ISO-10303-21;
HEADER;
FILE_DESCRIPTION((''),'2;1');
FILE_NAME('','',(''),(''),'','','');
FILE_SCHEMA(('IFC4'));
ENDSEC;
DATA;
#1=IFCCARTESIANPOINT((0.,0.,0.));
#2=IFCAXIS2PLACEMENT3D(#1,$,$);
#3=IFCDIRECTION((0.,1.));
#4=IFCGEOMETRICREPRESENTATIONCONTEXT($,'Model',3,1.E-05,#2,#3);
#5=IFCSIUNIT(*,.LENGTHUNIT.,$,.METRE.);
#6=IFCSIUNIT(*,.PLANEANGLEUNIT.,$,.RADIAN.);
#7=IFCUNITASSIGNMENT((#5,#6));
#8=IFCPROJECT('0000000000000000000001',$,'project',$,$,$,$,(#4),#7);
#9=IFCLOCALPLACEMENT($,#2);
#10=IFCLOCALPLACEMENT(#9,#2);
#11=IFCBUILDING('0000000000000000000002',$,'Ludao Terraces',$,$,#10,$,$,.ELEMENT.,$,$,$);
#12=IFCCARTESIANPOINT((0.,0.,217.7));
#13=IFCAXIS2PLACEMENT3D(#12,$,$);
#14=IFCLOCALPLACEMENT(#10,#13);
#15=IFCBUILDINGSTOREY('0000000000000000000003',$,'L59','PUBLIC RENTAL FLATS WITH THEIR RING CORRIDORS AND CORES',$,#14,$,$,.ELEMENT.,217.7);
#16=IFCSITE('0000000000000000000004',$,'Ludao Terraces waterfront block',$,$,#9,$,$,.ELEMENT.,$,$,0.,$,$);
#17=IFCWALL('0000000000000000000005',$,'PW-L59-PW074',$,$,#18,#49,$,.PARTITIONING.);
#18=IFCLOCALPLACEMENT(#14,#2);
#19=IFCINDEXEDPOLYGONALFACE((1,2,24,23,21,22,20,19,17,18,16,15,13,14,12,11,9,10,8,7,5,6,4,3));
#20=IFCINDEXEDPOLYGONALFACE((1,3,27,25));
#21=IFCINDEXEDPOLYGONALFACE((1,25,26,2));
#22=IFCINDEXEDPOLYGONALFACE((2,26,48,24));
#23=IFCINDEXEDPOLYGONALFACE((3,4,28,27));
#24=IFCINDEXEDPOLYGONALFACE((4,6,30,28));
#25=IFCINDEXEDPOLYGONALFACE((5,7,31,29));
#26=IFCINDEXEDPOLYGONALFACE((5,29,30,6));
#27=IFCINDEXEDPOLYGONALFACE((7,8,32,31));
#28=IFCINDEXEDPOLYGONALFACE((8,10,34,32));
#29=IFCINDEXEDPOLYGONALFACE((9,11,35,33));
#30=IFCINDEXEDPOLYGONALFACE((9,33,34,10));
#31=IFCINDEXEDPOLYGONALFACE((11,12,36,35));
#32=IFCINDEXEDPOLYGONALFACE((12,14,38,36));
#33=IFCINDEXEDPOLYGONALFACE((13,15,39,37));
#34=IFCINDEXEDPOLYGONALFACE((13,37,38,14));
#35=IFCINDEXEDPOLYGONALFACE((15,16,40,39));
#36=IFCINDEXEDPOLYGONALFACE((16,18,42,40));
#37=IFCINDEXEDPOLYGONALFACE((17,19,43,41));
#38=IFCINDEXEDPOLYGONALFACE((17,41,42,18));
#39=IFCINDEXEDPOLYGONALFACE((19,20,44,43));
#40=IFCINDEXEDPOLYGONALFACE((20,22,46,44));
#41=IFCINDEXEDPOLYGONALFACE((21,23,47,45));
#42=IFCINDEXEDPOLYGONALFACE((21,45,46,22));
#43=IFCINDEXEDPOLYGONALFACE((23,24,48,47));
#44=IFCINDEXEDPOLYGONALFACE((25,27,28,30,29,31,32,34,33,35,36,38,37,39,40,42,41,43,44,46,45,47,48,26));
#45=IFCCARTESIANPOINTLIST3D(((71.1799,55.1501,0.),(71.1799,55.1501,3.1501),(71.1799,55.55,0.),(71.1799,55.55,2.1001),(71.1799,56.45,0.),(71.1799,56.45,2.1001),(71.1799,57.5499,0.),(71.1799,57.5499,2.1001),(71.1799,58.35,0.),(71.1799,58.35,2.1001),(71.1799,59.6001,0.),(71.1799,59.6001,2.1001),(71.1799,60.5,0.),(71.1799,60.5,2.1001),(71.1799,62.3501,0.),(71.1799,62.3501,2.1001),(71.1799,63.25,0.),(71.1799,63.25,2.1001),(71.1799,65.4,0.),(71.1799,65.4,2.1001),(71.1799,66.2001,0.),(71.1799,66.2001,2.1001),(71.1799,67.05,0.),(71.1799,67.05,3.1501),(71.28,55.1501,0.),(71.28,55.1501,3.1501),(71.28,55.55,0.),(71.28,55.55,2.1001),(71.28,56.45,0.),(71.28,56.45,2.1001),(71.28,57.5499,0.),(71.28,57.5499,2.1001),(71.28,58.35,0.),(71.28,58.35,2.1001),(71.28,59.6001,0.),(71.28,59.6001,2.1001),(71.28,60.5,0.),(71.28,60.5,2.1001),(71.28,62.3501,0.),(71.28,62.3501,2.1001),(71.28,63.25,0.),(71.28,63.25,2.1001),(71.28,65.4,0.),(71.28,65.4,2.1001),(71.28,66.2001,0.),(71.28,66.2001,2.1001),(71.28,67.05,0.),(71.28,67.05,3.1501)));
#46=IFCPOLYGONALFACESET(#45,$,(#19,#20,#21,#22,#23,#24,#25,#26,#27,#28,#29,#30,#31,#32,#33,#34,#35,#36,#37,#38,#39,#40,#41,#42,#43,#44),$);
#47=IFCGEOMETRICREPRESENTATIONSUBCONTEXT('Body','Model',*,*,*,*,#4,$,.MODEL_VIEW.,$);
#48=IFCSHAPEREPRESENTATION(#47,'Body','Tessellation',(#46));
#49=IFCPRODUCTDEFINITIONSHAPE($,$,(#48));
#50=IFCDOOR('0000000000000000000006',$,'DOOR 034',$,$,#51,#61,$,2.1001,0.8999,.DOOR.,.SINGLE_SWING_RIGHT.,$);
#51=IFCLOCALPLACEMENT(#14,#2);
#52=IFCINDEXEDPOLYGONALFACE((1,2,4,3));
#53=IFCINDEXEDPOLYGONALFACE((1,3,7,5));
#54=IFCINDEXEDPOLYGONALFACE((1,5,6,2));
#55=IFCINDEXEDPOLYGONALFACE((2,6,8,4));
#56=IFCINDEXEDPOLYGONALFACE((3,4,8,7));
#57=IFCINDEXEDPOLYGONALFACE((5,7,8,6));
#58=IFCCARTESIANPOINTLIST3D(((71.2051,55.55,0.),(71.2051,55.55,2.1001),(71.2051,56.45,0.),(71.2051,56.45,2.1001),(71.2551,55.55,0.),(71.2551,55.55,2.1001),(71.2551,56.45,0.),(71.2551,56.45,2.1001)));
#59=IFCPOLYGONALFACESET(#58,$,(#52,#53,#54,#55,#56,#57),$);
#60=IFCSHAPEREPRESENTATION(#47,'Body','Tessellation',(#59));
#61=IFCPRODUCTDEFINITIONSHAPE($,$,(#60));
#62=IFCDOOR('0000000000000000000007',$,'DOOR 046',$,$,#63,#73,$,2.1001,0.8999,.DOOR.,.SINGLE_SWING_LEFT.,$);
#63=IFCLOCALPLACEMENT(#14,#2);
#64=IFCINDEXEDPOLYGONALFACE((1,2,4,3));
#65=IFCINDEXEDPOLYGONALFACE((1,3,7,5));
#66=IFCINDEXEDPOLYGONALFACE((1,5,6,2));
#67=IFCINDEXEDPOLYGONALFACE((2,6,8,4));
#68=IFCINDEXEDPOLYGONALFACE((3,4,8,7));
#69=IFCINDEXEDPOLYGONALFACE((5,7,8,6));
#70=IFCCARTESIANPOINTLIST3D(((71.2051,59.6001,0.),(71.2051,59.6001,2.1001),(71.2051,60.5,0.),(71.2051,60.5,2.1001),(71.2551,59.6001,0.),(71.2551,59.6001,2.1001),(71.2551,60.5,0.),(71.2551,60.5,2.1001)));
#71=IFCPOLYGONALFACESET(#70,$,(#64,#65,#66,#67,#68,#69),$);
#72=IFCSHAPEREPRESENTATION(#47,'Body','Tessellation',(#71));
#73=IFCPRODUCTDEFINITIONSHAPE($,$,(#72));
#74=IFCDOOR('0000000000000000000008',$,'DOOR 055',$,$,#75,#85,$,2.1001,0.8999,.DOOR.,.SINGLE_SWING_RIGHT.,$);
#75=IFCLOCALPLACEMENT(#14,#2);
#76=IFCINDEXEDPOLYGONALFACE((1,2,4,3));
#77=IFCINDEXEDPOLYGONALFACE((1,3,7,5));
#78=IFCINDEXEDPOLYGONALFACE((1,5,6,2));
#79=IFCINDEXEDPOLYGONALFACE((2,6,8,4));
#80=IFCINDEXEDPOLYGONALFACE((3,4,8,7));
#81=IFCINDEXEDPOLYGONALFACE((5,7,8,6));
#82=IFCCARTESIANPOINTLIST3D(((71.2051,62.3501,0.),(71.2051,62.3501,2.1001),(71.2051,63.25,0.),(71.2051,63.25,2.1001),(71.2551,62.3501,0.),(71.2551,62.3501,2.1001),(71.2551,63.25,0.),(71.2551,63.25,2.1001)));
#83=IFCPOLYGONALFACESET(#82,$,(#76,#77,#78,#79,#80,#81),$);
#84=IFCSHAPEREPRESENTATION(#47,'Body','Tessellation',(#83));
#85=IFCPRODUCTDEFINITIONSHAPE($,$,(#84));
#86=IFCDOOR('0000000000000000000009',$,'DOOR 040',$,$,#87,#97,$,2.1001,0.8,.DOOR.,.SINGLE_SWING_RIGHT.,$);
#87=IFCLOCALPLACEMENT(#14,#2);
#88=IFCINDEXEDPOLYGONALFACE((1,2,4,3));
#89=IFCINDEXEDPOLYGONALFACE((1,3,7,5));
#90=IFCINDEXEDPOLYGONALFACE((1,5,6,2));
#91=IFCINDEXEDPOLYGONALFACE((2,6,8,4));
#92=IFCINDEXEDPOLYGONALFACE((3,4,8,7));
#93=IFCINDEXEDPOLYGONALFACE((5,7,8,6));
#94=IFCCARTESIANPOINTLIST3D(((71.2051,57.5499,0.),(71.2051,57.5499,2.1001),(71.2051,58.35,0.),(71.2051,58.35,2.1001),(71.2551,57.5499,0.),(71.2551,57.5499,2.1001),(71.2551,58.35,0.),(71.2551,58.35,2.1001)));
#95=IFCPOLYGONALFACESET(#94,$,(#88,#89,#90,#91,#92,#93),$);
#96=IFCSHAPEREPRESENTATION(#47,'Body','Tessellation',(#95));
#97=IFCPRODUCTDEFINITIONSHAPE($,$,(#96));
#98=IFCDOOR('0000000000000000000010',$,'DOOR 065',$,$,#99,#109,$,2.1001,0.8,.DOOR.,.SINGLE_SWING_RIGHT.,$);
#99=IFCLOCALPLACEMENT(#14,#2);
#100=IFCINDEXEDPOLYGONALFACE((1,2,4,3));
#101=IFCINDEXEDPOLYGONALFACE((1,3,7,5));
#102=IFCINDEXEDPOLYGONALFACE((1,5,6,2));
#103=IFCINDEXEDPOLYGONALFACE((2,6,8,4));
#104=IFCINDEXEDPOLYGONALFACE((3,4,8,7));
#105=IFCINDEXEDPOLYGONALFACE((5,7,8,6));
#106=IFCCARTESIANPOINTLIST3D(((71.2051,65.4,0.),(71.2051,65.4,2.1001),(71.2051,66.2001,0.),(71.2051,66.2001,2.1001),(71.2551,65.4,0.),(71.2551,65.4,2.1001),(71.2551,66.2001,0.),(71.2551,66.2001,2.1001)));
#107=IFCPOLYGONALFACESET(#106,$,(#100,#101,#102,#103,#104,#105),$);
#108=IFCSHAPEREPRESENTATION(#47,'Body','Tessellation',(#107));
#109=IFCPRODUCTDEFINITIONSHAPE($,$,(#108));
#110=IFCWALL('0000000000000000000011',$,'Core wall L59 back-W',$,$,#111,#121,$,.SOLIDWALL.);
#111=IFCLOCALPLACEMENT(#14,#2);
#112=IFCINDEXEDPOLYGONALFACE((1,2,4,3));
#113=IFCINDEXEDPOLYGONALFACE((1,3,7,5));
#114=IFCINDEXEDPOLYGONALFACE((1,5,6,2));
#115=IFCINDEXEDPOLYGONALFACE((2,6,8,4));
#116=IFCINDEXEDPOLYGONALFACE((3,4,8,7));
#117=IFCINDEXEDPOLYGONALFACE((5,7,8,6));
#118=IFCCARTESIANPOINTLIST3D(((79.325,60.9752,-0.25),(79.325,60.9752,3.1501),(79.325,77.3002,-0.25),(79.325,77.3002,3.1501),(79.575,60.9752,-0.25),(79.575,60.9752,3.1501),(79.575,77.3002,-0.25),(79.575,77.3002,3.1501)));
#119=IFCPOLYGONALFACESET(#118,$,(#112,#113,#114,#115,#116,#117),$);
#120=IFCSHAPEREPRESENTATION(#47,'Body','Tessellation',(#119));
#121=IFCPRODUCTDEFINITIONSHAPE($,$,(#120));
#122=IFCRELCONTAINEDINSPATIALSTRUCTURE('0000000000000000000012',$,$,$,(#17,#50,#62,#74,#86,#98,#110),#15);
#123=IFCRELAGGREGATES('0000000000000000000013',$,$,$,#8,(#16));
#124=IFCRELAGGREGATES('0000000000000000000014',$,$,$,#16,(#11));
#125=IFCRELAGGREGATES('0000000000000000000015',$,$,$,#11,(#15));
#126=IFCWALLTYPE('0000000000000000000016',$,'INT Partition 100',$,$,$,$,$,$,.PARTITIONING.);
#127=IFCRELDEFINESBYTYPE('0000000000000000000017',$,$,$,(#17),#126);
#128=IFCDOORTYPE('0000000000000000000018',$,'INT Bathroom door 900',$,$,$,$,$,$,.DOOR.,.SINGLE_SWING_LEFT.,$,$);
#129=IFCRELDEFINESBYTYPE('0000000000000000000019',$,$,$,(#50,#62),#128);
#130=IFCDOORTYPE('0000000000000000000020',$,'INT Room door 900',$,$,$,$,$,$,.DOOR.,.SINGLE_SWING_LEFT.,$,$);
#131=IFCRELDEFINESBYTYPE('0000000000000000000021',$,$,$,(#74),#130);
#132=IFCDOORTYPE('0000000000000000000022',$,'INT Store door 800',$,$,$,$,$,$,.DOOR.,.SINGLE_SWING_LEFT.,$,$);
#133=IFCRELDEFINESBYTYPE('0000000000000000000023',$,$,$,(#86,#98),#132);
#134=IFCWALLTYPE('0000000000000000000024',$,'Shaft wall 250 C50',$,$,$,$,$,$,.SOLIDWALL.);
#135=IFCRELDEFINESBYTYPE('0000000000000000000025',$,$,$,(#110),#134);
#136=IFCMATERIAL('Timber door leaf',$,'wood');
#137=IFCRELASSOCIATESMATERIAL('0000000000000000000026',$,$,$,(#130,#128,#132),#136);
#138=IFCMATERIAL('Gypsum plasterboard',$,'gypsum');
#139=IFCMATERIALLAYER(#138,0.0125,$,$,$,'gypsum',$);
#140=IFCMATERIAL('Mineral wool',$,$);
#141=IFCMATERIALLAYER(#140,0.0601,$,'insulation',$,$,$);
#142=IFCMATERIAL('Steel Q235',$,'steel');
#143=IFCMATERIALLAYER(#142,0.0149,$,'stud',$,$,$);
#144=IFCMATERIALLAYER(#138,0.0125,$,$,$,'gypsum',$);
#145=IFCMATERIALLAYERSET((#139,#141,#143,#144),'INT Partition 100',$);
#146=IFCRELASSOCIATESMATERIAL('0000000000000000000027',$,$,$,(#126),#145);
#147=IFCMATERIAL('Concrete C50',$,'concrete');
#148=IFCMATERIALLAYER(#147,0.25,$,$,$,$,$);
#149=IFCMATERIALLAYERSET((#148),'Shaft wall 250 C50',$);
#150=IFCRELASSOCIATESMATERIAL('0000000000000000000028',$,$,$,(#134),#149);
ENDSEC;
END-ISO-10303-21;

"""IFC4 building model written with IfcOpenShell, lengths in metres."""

from ifc_helpers import new_model, si_unit, direction, frame, frame_2d, origin, place, context, subcontext, project, spatial, rectangle, extrude, material, layer, layer_set, type_object, element, fill, save


model = new_model("IFC4")

# Units and contexts
model_context = context("Model", 3, precision=1e-05, world=origin(), true_north=direction((0.0, 1.0)))
body_context = subcontext(model_context, "Body", "Model", "MODEL_VIEW")
ifc_project = project(units=[si_unit("LENGTHUNIT", "METRE"), si_unit("PLANEANGLEUNIT", "RADIAN")], contexts=[model_context])

# Site, building, storey
site_placement = place(None, origin())
site = spatial("IfcSite", under=ifc_project, at=site_placement, Name="Ludao Terraces waterfront block", CompositionType="ELEMENT", RefElevation=0.0)
building_placement = place(site_placement, origin())
building = spatial("IfcBuilding", under=site, at=building_placement, Name="Ludao Terraces", CompositionType="ELEMENT")
storey_placement = place(building_placement, frame((0.0, 0.0, 217.7)))
storey = spatial("IfcBuildingStorey", under=building, at=storey_placement, Name="L59", Description="PUBLIC RENTAL FLATS WITH THEIR RING CORRIDORS AND CORES", CompositionType="ELEMENT", Elevation=217.7)

# Shared definitions
ifc_material_1 = material(Name="Concrete C50", Category="concrete")
ifc_material_2 = material(Name="Steel Q235", Category="steel")
ifc_material_3 = material(Name="Mineral wool")
ifc_material_4 = material(Name="Timber door leaf", Category="wood")
door_type_1 = type_object("IfcDoorType", Name="INT Room door 900", OperationType="SINGLE_SWING_LEFT", PredefinedType="DOOR", material=ifc_material_4)

# Shared definitions
ifc_material_5 = material(Name="Gypsum plasterboard", Category="gypsum")
ifc_layer_1 = layer(ifc_material_5, 0.0125, Category="gypsum")
ifc_layer_2 = layer(ifc_material_3, 0.0601, Name="insulation")
ifc_layer_3 = layer(ifc_material_2, 0.0149, Name="stud")
ifc_layer_4 = layer(ifc_material_5, 0.0125, Category="gypsum")
ifc_layer_set_1 = layer_set([ifc_layer_1, ifc_layer_2, ifc_layer_3, ifc_layer_4], Name="INT Partition 100")
wall_type_1 = type_object("IfcWallType", Name="INT Partition 100", PredefinedType="PARTITIONING", material=ifc_layer_set_1)

# Wall, openings, doors
wall_1_placement = place(storey_placement, frame((71.23, 55.1501, 0.0), z_axis=(0.0, 0.0, 1.0), x_axis=(0.0, 1.0, 0.0)))
wall_1 = element("IfcWall", 1, at=wall_1_placement, inside=storey, type_object=wall_type_1, Name="PW-L59-PW074", PredefinedType="PARTITIONING", context=body_context, shape_type="SweptSolid", body=[
    extrude(rectangle(XDim=11.8999, YDim=0.1001, at=frame_2d((5.95, 0.0))), origin(), (0.0, 0.0, 1.0), 3.1501),
])
opening_1_placement = place(wall_1_placement, frame((0.3999, 0.0, 0.0)))
opening_1 = element("IfcOpeningElement", 2, at=opening_1_placement, cuts=wall_1, PredefinedType="OPENING", context=body_context, shape_type="SweptSolid", body=[
    extrude(rectangle(XDim=0.8999, YDim=2.1001, at=frame_2d((0.45, 1.05))), frame((0.0, 0.0601, 0.0), z_axis=(0.0, -1.0, 0.0), x_axis=(1.0, 0.0, 0.0)), (0.0, 0.0, 1.0), 0.1201),
])
opening_2_placement = place(wall_1_placement, frame((2.3999, 0.0, 0.0)))
opening_2 = element("IfcOpeningElement", 3, at=opening_2_placement, cuts=wall_1, PredefinedType="OPENING", context=body_context, shape_type="SweptSolid", body=[
    extrude(rectangle(XDim=0.8, YDim=2.1001, at=frame_2d((0.3999, 1.05))), frame((0.0, 0.0601, 0.0), z_axis=(0.0, -1.0, 0.0), x_axis=(1.0, 0.0, 0.0)), (0.0, 0.0, 1.0), 0.1201),
])
opening_3_placement = place(wall_1_placement, frame((4.45, 0.0, 0.0)))
opening_3 = element("IfcOpeningElement", 4, at=opening_3_placement, cuts=wall_1, PredefinedType="OPENING", context=body_context, shape_type="SweptSolid", body=[
    extrude(rectangle(XDim=0.8999, YDim=2.1001, at=frame_2d((0.45, 1.05))), frame((0.0, 0.0601, 0.0), z_axis=(0.0, -1.0, 0.0), x_axis=(1.0, 0.0, 0.0)), (0.0, 0.0, 1.0), 0.1201),
])
opening_4_placement = place(wall_1_placement, frame((7.2, 0.0, 0.0)))
opening_4 = element("IfcOpeningElement", 5, at=opening_4_placement, cuts=wall_1, PredefinedType="OPENING", context=body_context, shape_type="SweptSolid", body=[
    extrude(rectangle(XDim=0.8999, YDim=2.1001, at=frame_2d((0.45, 1.05))), frame((0.0, 0.0601, 0.0), z_axis=(0.0, -1.0, 0.0), x_axis=(1.0, 0.0, 0.0)), (0.0, 0.0, 1.0), 0.1201),
])
opening_5_placement = place(wall_1_placement, frame((10.25, 0.0, 0.0)))
opening_5 = element("IfcOpeningElement", 6, at=opening_5_placement, cuts=wall_1, PredefinedType="OPENING", context=body_context, shape_type="SweptSolid", body=[
    extrude(rectangle(XDim=0.8, YDim=2.1001, at=frame_2d((0.3999, 1.05))), frame((0.0, 0.0601, 0.0), z_axis=(0.0, -1.0, 0.0), x_axis=(1.0, 0.0, 0.0)), (0.0, 0.0, 1.0), 0.1201),
])
door_type_2 = type_object("IfcDoorType", Name="INT Bathroom door 900", OperationType="SINGLE_SWING_LEFT", PredefinedType="DOOR", material=ifc_material_4)
door_1_placement = place(opening_1_placement, origin())
door_1 = element("IfcDoor", 7, at=door_1_placement, inside=storey, type_object=door_type_2, Name="DOOR 034", OperationType="SINGLE_SWING_RIGHT", OverallHeight=2.1001, OverallWidth=0.8999, PredefinedType="DOOR", context=body_context, shape_type="SweptSolid", body=[
    extrude(rectangle(XDim=0.8999, YDim=2.1001, at=frame_2d((0.45, 1.05))), frame((0.0, 0.0249, 0.0), z_axis=(0.0, -1.0, 0.0), x_axis=(1.0, 0.0, 0.0)), (0.0, 0.0, 1.0), 0.05),
])
fill(opening_1, door_1)
door_2_placement = place(opening_3_placement, origin())
door_2 = element("IfcDoor", 8, at=door_2_placement, inside=storey, type_object=door_type_2, Name="DOOR 046", OperationType="SINGLE_SWING_LEFT", OverallHeight=2.1001, OverallWidth=0.8999, PredefinedType="DOOR", context=body_context, shape_type="SweptSolid", body=[
    extrude(rectangle(XDim=0.8999, YDim=2.1001, at=frame_2d((0.45, 1.05))), frame((0.0, 0.0249, 0.0), z_axis=(0.0, -1.0, 0.0), x_axis=(1.0, 0.0, 0.0)), (0.0, 0.0, 1.0), 0.05),
])
fill(opening_3, door_2)
door_3_placement = place(opening_4_placement, origin())
door_3 = element("IfcDoor", 9, at=door_3_placement, inside=storey, type_object=door_type_1, Name="DOOR 055", OperationType="SINGLE_SWING_RIGHT", OverallHeight=2.1001, OverallWidth=0.8999, PredefinedType="DOOR", context=body_context, shape_type="SweptSolid", body=[
    extrude(rectangle(XDim=0.8999, YDim=2.1001, at=frame_2d((0.45, 1.05))), frame((0.0, 0.0249, 0.0), z_axis=(0.0, -1.0, 0.0), x_axis=(1.0, 0.0, 0.0)), (0.0, 0.0, 1.0), 0.05),
])
fill(opening_4, door_3)
door_type_3 = type_object("IfcDoorType", Name="INT Store door 800", OperationType="SINGLE_SWING_LEFT", PredefinedType="DOOR", material=ifc_material_4)
door_4_placement = place(opening_2_placement, origin())
door_4 = element("IfcDoor", 10, at=door_4_placement, inside=storey, type_object=door_type_3, Name="DOOR 040", OperationType="SINGLE_SWING_RIGHT", OverallHeight=2.1001, OverallWidth=0.8, PredefinedType="DOOR", context=body_context, shape_type="SweptSolid", body=[
    extrude(rectangle(XDim=0.8, YDim=2.1001, at=frame_2d((0.3999, 1.05))), frame((0.0, 0.0249, 0.0), z_axis=(0.0, -1.0, 0.0), x_axis=(1.0, 0.0, 0.0)), (0.0, 0.0, 1.0), 0.05),
])
fill(opening_2, door_4)
door_5_placement = place(opening_5_placement, origin())
door_5 = element("IfcDoor", 11, at=door_5_placement, inside=storey, type_object=door_type_3, Name="DOOR 065", OperationType="SINGLE_SWING_RIGHT", OverallHeight=2.1001, OverallWidth=0.8, PredefinedType="DOOR", context=body_context, shape_type="SweptSolid", body=[
    extrude(rectangle(XDim=0.8, YDim=2.1001, at=frame_2d((0.3999, 1.05))), frame((0.0, 0.0249, 0.0), z_axis=(0.0, -1.0, 0.0), x_axis=(1.0, 0.0, 0.0)), (0.0, 0.0, 1.0), 0.05),
])
fill(opening_5, door_5)

# Wall
ifc_layer_5 = layer(ifc_material_1, 0.25)
ifc_layer_set_2 = layer_set([ifc_layer_5], Name="Shaft wall 250 C50")
wall_type_2 = type_object("IfcWallType", Name="Shaft wall 250 C50", PredefinedType="SOLIDWALL", material=ifc_layer_set_2)
wall_2_placement = place(storey_placement, frame((79.45, 60.9751, -0.25), z_axis=(0.0, 0.0, 1.0), x_axis=(0.0, 1.0, 0.0)))
element("IfcWall", 12, at=wall_2_placement, inside=storey, type_object=wall_type_2, Name="Core wall L59 back-W", PredefinedType="SOLIDWALL", context=body_context, shape_type="SweptSolid", body=[
    extrude(rectangle(XDim=16.325, YDim=0.25, at=frame_2d((8.1626, 0.0))), origin(), (0.0, 0.0, 1.0), 3.4001),
])

save(model, "model.ifc")
